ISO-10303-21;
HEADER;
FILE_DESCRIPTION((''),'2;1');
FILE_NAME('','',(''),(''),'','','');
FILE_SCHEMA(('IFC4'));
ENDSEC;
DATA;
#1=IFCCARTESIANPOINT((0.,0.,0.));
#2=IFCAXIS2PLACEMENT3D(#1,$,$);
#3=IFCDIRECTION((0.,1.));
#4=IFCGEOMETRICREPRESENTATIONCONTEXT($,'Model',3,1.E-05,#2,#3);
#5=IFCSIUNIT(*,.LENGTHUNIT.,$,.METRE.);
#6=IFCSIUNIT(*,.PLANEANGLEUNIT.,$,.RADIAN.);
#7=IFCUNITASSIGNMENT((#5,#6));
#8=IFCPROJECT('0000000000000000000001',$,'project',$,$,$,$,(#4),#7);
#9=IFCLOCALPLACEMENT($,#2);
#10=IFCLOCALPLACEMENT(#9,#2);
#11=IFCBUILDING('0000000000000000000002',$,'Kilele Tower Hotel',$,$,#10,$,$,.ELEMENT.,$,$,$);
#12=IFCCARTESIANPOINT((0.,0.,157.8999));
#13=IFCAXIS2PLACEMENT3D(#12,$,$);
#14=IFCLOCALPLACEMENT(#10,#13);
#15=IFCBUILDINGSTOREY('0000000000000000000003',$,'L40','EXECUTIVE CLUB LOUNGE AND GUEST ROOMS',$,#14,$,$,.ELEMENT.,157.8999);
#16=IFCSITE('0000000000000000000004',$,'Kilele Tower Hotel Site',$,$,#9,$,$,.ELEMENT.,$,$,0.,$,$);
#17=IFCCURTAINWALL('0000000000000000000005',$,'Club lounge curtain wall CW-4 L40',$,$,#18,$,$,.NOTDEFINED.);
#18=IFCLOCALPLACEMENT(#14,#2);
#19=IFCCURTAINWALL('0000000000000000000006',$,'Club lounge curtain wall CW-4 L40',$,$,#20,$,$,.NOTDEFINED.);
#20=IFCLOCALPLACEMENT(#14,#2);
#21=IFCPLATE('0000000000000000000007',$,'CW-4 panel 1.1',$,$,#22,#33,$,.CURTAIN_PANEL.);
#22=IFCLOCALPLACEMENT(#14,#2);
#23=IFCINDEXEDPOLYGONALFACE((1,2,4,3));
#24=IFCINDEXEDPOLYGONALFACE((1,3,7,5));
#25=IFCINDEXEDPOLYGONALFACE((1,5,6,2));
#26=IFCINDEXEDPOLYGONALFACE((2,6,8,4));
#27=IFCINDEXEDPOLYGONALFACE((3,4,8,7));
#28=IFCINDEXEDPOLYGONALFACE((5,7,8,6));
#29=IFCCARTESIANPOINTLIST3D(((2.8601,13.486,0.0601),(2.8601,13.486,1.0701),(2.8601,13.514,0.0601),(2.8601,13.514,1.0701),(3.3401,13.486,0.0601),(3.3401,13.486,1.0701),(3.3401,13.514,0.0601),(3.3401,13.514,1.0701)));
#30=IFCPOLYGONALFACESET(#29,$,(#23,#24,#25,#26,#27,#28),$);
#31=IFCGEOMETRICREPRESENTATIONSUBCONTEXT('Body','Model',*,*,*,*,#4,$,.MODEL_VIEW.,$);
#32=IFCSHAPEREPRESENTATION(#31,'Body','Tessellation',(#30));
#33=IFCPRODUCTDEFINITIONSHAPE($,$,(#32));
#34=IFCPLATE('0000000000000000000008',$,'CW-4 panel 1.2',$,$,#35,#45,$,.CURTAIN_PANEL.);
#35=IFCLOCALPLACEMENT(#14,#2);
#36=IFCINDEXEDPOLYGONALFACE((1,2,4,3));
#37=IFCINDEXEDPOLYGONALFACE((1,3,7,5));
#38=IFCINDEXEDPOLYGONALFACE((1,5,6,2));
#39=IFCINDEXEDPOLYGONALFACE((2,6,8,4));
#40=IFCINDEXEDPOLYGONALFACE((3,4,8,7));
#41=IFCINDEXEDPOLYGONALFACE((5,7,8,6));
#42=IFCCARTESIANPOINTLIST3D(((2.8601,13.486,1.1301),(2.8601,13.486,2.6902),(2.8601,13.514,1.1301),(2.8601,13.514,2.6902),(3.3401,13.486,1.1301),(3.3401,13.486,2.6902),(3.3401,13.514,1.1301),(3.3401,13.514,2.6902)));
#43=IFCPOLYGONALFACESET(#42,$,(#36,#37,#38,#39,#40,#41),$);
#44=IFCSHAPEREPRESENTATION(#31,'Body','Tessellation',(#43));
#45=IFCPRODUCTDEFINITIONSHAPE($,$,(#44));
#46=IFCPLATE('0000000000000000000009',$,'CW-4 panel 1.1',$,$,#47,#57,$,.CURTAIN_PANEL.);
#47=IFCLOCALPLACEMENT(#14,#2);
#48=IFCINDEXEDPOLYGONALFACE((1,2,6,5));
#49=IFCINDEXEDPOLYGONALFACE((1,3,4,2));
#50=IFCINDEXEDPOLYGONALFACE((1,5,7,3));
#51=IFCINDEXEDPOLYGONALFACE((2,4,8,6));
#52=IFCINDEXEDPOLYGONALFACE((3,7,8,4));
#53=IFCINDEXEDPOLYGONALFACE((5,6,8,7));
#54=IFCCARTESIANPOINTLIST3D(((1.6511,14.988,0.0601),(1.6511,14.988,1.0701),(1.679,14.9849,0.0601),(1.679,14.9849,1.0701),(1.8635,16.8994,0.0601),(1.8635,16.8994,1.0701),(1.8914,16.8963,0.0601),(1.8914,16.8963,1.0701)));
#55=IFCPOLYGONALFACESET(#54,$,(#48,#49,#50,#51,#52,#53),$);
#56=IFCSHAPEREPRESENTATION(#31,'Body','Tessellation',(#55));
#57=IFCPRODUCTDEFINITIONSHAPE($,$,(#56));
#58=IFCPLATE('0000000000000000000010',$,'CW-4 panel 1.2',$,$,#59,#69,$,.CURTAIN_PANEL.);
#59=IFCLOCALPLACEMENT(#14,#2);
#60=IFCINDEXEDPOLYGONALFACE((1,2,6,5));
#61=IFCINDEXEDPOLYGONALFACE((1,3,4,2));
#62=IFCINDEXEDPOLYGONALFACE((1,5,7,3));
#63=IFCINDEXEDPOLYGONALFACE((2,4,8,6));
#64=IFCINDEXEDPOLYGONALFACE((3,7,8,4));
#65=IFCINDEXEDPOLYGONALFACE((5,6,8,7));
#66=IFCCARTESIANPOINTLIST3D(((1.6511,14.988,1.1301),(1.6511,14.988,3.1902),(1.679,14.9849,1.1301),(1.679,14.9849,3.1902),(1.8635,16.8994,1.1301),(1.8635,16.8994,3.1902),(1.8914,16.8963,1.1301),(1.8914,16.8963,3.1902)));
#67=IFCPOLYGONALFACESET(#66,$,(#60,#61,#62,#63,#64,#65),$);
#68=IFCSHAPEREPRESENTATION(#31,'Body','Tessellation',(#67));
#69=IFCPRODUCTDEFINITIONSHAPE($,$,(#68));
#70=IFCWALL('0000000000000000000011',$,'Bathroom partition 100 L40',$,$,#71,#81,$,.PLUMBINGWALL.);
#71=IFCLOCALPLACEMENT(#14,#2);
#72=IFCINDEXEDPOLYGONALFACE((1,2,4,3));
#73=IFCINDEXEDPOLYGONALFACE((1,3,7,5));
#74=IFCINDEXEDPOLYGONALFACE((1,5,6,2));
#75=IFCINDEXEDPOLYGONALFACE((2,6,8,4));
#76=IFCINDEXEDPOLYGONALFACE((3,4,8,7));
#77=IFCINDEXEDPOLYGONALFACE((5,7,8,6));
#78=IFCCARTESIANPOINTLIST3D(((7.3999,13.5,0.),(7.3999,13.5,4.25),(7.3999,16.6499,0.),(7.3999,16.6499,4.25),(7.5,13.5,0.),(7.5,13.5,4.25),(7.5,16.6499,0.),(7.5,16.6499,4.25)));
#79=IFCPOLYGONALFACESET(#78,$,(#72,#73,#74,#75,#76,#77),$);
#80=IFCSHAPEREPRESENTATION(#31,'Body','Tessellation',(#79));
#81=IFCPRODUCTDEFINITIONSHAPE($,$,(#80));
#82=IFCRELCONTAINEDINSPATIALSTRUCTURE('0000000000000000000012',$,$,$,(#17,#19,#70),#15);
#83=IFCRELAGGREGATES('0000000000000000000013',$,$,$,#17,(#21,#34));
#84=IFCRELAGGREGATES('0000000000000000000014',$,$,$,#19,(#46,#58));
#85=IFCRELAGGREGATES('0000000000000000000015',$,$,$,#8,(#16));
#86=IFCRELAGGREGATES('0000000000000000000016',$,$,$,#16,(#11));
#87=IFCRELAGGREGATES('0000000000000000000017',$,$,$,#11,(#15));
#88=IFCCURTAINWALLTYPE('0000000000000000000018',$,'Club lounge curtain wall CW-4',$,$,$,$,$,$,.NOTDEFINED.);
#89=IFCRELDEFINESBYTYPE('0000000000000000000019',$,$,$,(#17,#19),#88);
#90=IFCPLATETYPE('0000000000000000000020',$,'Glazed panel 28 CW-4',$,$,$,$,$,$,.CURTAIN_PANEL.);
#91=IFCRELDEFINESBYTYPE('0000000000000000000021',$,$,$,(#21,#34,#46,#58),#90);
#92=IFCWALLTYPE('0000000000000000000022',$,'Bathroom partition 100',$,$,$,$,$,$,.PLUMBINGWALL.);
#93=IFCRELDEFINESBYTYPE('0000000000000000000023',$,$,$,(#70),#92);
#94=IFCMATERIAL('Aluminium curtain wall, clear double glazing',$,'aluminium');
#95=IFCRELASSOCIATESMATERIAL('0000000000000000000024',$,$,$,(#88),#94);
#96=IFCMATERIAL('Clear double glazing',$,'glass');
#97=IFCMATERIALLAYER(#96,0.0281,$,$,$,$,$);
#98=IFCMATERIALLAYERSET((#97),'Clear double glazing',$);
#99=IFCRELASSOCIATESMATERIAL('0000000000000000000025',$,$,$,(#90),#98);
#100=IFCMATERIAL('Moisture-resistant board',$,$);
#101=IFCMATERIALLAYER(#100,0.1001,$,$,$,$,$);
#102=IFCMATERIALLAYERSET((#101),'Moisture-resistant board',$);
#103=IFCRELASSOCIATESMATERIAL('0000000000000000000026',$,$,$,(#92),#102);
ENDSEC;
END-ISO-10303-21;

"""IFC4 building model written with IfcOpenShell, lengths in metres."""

from ifc_helpers import new_model, si_unit, direction, frame, frame_2d, origin, origin_2d, place, context, subcontext, project, spatial, rectangle, extrude, material, layer, layer_set, type_object, element, aggregate, save


model = new_model("IFC4")

# Units and contexts
model_context = context("Model", 3, precision=1e-05, world=origin(), true_north=direction((0.0, 1.0)))
body_context = subcontext(model_context, "Body", "Model", "MODEL_VIEW")
ifc_project = project(units=[si_unit("LENGTHUNIT", "METRE"), si_unit("PLANEANGLEUNIT", "RADIAN")], contexts=[model_context])

# Site, building, storey
site_placement = place(None, origin())
site = spatial("IfcSite", under=ifc_project, at=site_placement, Name="Kilele Tower Hotel Site", CompositionType="ELEMENT", RefElevation=0.0)
building_placement = place(site_placement, origin())
building = spatial("IfcBuilding", under=site, at=building_placement, Name="Kilele Tower Hotel", CompositionType="ELEMENT")
storey_placement = place(building_placement, frame((0.0, 0.0, 157.8999)))
storey = spatial("IfcBuildingStorey", under=building, at=storey_placement, Name="L40", Description="EXECUTIVE CLUB LOUNGE AND GUEST ROOMS", CompositionType="ELEMENT", Elevation=157.8999)

# Curtain wall
ifc_material_1 = material(Name="Aluminium curtain wall, clear double glazing", Category="aluminium")
curtain_wall_type = type_object("IfcCurtainWallType", Name="Club lounge curtain wall CW-4", PredefinedType="NOTDEFINED", material=ifc_material_1)
curtain_wall_1_placement = place(storey_placement, origin())
curtain_wall_1 = element("IfcCurtainWall", 1, at=curtain_wall_1_placement, inside=storey, type_object=curtain_wall_type, Name="Club lounge curtain wall CW-4 L40", PredefinedType="NOTDEFINED")

# Curtain wall
curtain_wall_2_placement = place(storey_placement, origin())
curtain_wall_2 = element("IfcCurtainWall", 2, at=curtain_wall_2_placement, inside=storey, type_object=curtain_wall_type, Name="Club lounge curtain wall CW-4 L40", PredefinedType="NOTDEFINED")

# Plates
ifc_material_2 = material(Name="Clear double glazing", Category="glass")
ifc_layer_1 = layer(ifc_material_2, 0.0281)
ifc_layer_set_1 = layer_set([ifc_layer_1], Name="Clear double glazing")
plate_type = type_object("IfcPlateType", Name="Glazed panel 28 CW-4", PredefinedType="CURTAIN_PANEL", material=ifc_layer_set_1)
plate_1_placement = place(storey_placement, frame((3.1001, 13.5, 0.0601), z_axis=(0.0, 0.0, 1.0), x_axis=(1.0, 0.0, 0.0)))
plate_1 = element("IfcPlate", 3, at=plate_1_placement, type_object=plate_type, Name="CW-4 panel 1.1", PredefinedType="CURTAIN_PANEL", context=body_context, shape_type="SweptSolid", body=[
    extrude(rectangle(XDim=0.48, YDim=0.0281, at=origin_2d()), origin(), (0.0, 0.0, 1.0), 1.01),
])
plate_2_placement = place(storey_placement, frame((3.1001, 13.5, 1.1301), z_axis=(0.0, 0.0, 1.0), x_axis=(1.0, 0.0, 0.0)))
plate_2 = element("IfcPlate", 4, at=plate_2_placement, type_object=plate_type, Name="CW-4 panel 1.2", PredefinedType="CURTAIN_PANEL", context=body_context, shape_type="SweptSolid", body=[
    extrude(rectangle(XDim=0.48, YDim=0.0281, at=origin_2d()), origin(), (0.0, 0.0, 1.0), 1.5601),
])
aggregate(curtain_wall_1, [plate_1, plate_2])
plate_3_placement = place(storey_placement, frame((1.7712, 15.9421, 0.0601), z_axis=(0.0, 0.0, 1.0), x_axis=(-0.110432, -0.993884, 0.0)))
plate_3 = element("IfcPlate", 5, at=plate_3_placement, type_object=plate_type, Name="CW-4 panel 1.1", PredefinedType="CURTAIN_PANEL", context=body_context, shape_type="SweptSolid", body=[
    extrude(rectangle(XDim=1.9231, YDim=0.0281, at=origin_2d()), origin(), (0.0, 0.0, 1.0), 1.01),
])
plate_4_placement = place(storey_placement, frame((1.7712, 15.9421, 1.1301), z_axis=(0.0, 0.0, 1.0), x_axis=(-0.110432, -0.993884, 0.0)))
plate_4 = element("IfcPlate", 6, at=plate_4_placement, type_object=plate_type, Name="CW-4 panel 1.2", PredefinedType="CURTAIN_PANEL", context=body_context, shape_type="SweptSolid", body=[
    extrude(rectangle(XDim=1.9231, YDim=0.0281, at=origin_2d()), origin(), (0.0, 0.0, 1.0), 2.0601),
])
aggregate(curtain_wall_2, [plate_3, plate_4])

# Wall
ifc_material_3 = material(Name="Moisture-resistant board")
ifc_layer_2 = layer(ifc_material_3, 0.1001)
ifc_layer_set_2 = layer_set([ifc_layer_2], Name="Moisture-resistant board")
wall_type_1 = type_object("IfcWallType", Name="Bathroom partition 100", PredefinedType="PLUMBINGWALL", material=ifc_layer_set_2)
wall_1_placement = place(storey_placement, frame((7.45, 13.5, 0.0), z_axis=(0.0, 0.0, 1.0), x_axis=(0.0, 1.0, 0.0)))
element("IfcWall", 7, at=wall_1_placement, inside=storey, type_object=wall_type_1, Name="Bathroom partition 100 L40", PredefinedType="PLUMBINGWALL", context=body_context, shape_type="SweptSolid", body=[
    extrude(rectangle(XDim=3.1499, YDim=0.1001, at=frame_2d((1.575, 0.0))), origin(), (0.0, 0.0, 1.0), 4.25),
])

save(model, "model.ifc")
